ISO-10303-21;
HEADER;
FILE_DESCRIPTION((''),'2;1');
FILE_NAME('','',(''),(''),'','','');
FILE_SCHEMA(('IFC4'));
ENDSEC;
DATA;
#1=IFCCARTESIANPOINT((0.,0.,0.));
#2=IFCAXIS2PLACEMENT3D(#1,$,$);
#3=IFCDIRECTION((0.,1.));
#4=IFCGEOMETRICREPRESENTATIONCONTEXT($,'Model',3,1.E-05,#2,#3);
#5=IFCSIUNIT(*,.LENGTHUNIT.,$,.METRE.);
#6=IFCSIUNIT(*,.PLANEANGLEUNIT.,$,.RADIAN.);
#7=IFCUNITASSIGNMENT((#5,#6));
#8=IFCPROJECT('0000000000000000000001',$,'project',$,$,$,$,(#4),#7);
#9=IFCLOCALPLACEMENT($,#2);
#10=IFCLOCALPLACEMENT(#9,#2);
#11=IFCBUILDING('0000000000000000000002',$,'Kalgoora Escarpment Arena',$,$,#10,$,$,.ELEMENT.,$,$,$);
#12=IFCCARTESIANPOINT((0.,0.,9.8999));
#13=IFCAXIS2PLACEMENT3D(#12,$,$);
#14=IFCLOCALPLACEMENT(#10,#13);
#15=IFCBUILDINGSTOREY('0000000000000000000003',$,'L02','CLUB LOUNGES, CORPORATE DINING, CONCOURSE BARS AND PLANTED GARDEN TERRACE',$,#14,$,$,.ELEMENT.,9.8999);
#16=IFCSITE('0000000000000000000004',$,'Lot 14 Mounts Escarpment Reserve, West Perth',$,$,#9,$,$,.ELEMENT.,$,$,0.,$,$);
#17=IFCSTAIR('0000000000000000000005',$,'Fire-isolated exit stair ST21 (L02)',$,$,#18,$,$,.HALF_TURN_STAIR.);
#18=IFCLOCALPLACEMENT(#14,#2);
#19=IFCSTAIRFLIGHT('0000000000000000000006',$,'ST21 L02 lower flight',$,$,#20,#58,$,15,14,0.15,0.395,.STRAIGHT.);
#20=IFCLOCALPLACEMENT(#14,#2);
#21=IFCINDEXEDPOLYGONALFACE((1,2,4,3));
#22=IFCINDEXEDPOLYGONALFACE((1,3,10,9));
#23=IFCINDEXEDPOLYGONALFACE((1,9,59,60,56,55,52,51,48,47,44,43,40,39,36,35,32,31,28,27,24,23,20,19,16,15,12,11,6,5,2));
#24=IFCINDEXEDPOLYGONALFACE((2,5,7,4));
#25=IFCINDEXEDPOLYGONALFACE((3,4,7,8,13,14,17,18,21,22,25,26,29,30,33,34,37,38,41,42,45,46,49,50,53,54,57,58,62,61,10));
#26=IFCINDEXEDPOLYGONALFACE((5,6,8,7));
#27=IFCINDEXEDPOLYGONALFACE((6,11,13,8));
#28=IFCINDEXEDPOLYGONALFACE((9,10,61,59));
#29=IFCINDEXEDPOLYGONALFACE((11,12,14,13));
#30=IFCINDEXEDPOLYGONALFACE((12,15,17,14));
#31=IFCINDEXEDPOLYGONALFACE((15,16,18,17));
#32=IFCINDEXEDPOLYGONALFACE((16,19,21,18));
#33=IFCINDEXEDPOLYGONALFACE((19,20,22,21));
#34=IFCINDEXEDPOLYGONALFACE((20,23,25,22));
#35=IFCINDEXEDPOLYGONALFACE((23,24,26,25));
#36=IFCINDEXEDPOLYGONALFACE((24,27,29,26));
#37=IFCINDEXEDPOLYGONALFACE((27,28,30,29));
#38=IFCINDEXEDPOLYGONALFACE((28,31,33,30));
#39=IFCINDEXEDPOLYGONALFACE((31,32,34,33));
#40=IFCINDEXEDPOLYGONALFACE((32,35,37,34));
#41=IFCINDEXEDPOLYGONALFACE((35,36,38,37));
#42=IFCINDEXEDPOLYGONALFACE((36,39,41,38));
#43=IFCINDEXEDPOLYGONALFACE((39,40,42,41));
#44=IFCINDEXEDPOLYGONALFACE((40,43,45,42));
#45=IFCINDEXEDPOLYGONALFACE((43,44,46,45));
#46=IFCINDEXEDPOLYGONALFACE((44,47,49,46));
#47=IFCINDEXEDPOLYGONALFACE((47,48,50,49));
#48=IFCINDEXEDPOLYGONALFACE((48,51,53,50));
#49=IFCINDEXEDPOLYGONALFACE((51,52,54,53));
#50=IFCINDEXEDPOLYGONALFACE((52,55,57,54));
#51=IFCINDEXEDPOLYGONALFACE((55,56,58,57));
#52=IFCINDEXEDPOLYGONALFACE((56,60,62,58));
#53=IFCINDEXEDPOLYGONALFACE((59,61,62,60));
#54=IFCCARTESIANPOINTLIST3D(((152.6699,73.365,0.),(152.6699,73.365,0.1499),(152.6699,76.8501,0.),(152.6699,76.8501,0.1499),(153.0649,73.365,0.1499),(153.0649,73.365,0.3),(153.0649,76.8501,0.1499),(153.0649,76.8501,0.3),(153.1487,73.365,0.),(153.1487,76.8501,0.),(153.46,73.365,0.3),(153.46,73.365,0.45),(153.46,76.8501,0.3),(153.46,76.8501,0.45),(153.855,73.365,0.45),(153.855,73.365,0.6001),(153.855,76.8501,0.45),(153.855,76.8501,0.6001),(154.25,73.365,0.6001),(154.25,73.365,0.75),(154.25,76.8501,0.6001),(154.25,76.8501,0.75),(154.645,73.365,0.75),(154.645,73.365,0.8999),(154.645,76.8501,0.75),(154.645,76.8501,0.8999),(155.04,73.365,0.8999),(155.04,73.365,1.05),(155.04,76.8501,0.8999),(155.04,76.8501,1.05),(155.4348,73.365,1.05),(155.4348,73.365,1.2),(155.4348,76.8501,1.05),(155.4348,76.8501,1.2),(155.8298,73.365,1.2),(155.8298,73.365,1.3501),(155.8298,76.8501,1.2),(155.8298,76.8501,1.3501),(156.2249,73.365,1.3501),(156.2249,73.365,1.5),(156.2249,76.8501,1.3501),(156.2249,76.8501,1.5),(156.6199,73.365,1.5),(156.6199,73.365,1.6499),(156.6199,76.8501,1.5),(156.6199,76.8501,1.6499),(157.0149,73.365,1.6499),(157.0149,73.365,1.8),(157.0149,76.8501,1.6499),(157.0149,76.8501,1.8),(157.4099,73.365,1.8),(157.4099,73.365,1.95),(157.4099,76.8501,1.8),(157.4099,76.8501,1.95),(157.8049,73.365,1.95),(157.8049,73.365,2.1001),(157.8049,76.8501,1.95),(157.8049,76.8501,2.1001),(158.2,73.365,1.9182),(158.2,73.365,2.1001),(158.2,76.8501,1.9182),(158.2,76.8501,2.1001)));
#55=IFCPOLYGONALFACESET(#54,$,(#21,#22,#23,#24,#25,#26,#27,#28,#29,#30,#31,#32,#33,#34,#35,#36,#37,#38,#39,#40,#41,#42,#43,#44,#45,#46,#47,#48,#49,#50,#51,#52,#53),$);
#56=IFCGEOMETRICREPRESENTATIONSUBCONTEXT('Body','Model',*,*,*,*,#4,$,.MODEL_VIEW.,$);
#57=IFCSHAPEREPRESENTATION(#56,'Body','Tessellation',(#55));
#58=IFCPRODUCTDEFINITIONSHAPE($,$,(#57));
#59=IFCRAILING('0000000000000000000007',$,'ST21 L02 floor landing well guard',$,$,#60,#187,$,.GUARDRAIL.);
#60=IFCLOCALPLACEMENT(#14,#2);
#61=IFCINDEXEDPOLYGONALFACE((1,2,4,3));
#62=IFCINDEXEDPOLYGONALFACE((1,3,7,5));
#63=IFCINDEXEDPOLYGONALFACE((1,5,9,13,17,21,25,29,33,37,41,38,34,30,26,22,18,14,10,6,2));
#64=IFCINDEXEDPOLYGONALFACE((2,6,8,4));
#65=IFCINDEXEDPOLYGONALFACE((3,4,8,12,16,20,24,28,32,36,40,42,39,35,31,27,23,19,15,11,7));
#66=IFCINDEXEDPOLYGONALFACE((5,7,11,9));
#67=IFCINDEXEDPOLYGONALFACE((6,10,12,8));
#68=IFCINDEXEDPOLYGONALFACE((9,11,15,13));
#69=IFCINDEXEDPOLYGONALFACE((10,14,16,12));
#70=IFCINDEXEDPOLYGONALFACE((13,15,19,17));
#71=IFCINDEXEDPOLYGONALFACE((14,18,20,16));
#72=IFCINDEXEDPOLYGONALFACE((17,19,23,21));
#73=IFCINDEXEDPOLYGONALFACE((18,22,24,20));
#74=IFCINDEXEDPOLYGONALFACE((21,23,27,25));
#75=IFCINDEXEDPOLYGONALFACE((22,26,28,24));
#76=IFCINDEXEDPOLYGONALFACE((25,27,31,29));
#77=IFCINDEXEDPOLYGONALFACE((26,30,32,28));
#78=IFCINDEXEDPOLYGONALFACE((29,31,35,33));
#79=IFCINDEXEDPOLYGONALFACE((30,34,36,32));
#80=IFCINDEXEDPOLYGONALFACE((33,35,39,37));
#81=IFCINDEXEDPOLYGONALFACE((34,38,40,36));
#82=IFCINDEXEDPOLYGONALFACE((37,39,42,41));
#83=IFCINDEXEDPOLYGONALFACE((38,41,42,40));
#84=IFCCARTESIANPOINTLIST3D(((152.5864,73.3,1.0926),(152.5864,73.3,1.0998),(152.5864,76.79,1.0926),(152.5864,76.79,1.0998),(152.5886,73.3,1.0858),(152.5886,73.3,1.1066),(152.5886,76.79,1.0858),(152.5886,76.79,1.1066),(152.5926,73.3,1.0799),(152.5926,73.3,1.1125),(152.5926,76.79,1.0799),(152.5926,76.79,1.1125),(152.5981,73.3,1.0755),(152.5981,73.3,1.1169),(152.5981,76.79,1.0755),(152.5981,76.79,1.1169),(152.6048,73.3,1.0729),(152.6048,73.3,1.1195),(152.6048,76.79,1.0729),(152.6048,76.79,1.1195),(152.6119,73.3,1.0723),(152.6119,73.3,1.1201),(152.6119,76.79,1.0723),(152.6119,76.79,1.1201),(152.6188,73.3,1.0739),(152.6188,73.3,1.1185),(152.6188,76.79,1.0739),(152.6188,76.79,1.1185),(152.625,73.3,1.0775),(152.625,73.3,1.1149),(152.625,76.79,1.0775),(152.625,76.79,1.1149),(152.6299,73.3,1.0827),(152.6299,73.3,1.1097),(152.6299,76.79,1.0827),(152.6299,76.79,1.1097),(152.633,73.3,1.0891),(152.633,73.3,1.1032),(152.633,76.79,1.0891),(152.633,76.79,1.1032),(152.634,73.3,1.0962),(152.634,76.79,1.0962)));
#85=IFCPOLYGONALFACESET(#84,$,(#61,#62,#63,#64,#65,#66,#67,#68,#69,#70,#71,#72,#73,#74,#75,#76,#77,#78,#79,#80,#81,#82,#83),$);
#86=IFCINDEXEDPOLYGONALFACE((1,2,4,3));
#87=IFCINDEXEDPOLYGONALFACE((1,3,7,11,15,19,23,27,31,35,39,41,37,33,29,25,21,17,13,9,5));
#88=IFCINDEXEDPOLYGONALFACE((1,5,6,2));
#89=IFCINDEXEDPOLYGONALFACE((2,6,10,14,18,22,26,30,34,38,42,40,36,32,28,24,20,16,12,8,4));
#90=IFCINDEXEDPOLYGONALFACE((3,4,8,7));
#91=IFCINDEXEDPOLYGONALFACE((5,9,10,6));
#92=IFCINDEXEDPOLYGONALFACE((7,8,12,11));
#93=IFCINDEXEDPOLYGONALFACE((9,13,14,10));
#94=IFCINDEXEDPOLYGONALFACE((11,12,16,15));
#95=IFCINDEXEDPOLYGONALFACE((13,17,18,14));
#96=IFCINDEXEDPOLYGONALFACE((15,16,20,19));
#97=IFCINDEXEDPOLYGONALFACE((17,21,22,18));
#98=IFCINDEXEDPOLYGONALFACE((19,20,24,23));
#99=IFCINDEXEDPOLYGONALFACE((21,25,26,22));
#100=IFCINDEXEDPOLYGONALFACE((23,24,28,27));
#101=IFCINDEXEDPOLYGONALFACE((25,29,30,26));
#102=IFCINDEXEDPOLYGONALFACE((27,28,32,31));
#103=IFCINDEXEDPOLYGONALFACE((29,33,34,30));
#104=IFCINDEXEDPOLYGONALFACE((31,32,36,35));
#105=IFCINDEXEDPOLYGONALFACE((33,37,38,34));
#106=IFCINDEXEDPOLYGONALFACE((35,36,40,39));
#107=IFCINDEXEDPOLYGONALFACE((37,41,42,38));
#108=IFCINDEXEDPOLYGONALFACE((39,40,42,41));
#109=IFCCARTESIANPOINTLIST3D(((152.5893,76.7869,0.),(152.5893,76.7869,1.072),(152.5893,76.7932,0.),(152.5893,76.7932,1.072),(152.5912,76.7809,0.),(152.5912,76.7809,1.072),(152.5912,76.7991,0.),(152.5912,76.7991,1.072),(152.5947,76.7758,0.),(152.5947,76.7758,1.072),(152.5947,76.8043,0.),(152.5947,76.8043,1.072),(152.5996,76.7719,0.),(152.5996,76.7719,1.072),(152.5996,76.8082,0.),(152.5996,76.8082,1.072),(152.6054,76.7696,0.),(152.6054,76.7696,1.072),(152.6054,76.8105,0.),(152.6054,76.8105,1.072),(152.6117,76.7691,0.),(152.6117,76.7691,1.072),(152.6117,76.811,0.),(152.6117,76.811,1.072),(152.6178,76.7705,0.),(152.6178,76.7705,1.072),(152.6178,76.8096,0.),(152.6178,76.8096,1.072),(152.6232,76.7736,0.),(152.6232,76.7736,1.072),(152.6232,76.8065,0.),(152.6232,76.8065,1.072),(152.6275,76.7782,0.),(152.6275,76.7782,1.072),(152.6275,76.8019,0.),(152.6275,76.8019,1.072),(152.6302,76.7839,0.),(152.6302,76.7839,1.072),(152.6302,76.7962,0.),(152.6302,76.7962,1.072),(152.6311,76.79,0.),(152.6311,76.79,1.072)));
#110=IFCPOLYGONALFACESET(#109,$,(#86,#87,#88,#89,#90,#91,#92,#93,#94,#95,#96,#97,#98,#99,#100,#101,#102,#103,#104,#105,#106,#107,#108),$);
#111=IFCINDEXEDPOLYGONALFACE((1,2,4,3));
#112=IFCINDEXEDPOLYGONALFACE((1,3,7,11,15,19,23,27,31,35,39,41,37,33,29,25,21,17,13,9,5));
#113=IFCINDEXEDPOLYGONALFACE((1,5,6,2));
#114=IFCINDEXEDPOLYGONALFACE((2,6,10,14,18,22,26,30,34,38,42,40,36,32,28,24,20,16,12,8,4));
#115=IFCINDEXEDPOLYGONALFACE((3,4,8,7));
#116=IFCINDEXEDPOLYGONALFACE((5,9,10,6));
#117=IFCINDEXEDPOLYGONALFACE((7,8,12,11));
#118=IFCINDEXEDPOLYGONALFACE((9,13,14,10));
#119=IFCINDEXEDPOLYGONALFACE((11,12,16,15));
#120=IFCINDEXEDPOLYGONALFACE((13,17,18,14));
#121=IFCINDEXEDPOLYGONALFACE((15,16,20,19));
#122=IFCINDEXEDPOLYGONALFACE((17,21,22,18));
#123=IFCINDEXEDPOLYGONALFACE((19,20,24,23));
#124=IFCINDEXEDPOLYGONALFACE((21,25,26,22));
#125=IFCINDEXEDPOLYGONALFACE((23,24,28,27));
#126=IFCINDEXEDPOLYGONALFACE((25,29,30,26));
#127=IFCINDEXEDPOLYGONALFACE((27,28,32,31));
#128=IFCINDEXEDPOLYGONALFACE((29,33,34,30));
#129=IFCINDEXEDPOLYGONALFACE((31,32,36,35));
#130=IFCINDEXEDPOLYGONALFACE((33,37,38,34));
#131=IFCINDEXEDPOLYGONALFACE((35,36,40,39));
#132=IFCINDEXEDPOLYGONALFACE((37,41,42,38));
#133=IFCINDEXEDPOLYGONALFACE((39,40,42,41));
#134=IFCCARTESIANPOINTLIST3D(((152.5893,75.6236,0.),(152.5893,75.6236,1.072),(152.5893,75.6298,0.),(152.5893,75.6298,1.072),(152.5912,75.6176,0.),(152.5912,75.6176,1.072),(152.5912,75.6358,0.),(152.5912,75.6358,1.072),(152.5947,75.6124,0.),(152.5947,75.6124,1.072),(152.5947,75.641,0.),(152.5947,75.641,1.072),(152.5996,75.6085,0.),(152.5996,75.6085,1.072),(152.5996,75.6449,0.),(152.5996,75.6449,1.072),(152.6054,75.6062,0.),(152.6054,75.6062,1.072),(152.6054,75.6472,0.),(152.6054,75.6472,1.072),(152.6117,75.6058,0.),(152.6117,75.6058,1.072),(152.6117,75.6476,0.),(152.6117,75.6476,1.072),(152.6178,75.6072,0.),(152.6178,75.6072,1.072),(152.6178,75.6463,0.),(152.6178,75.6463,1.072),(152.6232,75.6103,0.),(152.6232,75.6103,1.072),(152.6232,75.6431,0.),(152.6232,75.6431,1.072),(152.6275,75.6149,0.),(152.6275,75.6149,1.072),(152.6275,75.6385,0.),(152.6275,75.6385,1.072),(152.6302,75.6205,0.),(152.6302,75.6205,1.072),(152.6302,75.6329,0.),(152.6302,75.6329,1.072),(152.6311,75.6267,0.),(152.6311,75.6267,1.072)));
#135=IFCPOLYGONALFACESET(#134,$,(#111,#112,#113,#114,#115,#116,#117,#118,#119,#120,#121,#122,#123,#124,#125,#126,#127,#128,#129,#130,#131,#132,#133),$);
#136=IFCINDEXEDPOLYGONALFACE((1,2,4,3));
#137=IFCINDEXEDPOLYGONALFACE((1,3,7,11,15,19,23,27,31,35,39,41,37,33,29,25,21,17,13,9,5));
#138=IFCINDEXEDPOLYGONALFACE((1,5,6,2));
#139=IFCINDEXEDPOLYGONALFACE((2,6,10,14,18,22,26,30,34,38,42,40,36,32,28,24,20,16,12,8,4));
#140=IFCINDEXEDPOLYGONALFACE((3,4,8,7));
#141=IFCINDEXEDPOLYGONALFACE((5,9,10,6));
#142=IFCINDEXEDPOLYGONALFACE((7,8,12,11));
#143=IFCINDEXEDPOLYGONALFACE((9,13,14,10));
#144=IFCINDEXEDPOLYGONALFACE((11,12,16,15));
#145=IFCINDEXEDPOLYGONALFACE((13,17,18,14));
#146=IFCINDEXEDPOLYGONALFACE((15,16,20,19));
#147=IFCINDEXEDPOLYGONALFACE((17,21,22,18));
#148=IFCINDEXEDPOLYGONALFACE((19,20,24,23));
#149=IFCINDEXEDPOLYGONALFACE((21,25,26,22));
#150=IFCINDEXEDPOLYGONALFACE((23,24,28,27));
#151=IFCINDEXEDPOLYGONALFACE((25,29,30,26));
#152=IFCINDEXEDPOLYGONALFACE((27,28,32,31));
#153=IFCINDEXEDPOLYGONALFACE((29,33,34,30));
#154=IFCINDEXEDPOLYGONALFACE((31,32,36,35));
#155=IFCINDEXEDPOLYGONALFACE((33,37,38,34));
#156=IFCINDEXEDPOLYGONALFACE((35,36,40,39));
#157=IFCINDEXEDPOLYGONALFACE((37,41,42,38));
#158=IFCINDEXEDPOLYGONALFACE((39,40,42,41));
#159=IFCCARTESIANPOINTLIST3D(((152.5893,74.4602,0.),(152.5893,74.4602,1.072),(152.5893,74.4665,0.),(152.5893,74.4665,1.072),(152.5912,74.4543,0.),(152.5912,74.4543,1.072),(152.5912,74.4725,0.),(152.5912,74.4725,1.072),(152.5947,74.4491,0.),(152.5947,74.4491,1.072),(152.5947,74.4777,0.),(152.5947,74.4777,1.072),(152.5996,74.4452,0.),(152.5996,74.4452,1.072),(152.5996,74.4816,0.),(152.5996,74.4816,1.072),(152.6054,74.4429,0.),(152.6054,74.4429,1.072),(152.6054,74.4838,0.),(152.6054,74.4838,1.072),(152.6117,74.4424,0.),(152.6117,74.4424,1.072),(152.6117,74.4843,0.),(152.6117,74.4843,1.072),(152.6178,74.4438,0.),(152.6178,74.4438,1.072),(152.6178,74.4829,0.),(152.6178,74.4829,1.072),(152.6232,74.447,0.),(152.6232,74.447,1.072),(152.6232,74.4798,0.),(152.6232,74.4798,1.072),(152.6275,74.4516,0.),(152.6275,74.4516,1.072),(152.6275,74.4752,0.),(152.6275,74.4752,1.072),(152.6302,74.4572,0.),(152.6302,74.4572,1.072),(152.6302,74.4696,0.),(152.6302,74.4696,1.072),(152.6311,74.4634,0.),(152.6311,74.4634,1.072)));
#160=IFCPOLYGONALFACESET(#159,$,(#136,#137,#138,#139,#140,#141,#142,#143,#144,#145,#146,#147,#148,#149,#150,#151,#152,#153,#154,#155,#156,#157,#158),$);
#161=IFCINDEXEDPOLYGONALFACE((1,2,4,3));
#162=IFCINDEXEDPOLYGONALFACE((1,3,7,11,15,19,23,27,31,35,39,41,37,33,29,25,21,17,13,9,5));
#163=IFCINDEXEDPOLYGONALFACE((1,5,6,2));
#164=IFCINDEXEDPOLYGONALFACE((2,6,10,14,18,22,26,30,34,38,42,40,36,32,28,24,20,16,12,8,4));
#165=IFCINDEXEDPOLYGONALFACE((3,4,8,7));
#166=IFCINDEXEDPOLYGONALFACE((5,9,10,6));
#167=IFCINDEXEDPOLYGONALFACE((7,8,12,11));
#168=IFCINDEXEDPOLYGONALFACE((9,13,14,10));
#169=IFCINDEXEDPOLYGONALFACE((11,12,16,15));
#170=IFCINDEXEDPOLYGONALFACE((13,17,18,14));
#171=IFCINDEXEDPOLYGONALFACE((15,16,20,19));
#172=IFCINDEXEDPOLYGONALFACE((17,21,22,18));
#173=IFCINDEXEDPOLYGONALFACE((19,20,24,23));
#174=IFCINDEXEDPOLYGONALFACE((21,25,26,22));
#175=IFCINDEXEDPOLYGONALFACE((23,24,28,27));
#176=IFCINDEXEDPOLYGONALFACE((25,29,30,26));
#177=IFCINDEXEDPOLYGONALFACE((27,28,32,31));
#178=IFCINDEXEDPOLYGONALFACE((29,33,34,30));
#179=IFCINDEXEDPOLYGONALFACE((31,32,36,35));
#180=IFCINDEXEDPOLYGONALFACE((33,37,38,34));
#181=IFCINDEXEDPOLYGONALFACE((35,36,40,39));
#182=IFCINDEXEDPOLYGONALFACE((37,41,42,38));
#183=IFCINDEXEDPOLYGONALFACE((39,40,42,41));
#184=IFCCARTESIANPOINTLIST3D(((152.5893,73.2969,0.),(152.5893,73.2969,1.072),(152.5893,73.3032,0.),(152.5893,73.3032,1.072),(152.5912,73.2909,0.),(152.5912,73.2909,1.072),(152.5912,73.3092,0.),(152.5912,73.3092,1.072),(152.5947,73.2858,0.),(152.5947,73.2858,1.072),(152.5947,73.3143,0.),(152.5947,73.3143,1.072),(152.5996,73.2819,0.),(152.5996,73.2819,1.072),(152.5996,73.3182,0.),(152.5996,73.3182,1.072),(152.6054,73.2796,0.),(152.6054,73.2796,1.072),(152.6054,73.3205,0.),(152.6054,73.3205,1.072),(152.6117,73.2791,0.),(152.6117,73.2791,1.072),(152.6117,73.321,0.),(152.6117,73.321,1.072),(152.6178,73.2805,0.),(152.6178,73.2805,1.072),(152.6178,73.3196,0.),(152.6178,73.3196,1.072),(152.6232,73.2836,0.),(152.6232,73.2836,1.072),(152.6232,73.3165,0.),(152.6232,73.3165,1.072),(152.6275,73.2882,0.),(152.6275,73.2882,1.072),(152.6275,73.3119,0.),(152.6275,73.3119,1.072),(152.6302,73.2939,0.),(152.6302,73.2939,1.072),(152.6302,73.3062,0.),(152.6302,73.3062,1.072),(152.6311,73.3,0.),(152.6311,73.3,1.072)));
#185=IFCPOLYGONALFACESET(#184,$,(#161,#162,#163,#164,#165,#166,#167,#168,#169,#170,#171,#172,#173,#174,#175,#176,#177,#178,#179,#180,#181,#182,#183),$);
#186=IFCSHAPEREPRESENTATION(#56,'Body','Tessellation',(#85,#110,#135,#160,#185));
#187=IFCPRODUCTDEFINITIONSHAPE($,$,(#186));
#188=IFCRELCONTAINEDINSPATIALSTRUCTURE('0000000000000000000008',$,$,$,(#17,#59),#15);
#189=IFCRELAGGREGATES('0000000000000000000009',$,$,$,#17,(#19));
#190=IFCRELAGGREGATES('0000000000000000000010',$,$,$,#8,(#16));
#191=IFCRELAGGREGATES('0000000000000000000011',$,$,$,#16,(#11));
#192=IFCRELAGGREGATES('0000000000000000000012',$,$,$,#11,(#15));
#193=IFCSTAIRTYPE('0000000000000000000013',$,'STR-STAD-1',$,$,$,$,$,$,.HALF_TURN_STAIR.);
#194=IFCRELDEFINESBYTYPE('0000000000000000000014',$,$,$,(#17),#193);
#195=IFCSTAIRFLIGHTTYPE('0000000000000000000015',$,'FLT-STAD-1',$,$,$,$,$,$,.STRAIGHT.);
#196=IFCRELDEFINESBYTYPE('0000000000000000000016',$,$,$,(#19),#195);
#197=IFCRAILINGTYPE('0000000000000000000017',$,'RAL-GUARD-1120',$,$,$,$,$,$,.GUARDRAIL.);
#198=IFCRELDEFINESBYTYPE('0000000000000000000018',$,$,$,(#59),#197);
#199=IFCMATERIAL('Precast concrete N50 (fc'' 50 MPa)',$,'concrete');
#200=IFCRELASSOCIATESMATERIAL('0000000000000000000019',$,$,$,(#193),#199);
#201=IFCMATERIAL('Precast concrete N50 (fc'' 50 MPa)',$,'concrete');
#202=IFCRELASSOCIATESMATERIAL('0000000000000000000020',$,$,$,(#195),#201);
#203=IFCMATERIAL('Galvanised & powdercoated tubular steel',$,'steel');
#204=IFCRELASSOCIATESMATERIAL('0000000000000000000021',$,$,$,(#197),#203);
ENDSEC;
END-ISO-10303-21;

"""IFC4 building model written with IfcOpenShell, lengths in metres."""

from ifc_helpers import new_model, si_unit, direction, frame, origin, origin_2d, place, context, subcontext, project, spatial, polyline, circle, outline, extrude, material, type_object, element, aggregate, save


model = new_model("IFC4")

# Units and contexts
model_context = context("Model", 3, precision=1e-05, world=origin(), true_north=direction((0.0, 1.0)))
body_context = subcontext(model_context, "Body", "Model", "MODEL_VIEW")
ifc_project = project(units=[si_unit("LENGTHUNIT", "METRE"), si_unit("PLANEANGLEUNIT", "RADIAN")], contexts=[model_context])

# Site, building, storey
site_placement = place(None, origin())
site = spatial("IfcSite", under=ifc_project, at=site_placement, Name="Lot 14 Mounts Escarpment Reserve, West Perth", CompositionType="ELEMENT", RefElevation=0.0)
building_placement = place(site_placement, origin())
building = spatial("IfcBuilding", under=site, at=building_placement, Name="Kalgoora Escarpment Arena", CompositionType="ELEMENT")
storey_placement = place(building_placement, frame((0.0, 0.0, 9.8999)))
storey = spatial("IfcBuildingStorey", under=building, at=storey_placement, Name="L02", Description="CLUB LOUNGES, CORPORATE DINING, CONCOURSE BARS AND PLANTED GARDEN TERRACE", CompositionType="ELEMENT", Elevation=9.8999)

# Stair, stair flight
ifc_material_1 = material(Name="Precast concrete N50 (fc' 50 MPa)", Category="concrete")
stair_type = type_object("IfcStairType", Name="STR-STAD-1", PredefinedType="HALF_TURN_STAIR", material=ifc_material_1)
stair_placement = place(storey_placement, origin())
stair = element("IfcStair", 1, at=stair_placement, inside=storey, type_object=stair_type, Name="Fire-isolated exit stair ST21 (L02)", PredefinedType="HALF_TURN_STAIR")
ifc_material_2 = material(Name="Precast concrete N50 (fc' 50 MPa)", Category="concrete")
stair_flight_type = type_object("IfcStairFlightType", Name="FLT-STAD-1", PredefinedType="STRAIGHT", material=ifc_material_2)
stair_flight_placement = place(storey_placement, frame((152.6699, 75.1074, 0.0), z_axis=(0.0, 0.0, 1.0), x_axis=(1.0, 0.0, 0.0)))
stair_flight = element("IfcStairFlight", 2, at=stair_flight_placement, type_object=stair_flight_type, Name="ST21 L02 lower flight", NumberOfRisers=15, NumberOfTreads=14, PredefinedType="STRAIGHT", RiserHeight=0.15, TreadLength=0.395, context=body_context, shape_type="SweptSolid", body=[
    extrude(outline(polyline([(0.0, 0.0), (0.0, 0.1499), (0.395, 0.1499), (0.395, 0.3), (0.79, 0.3), (0.79, 0.45), (1.1851, 0.45), (1.1851, 0.6001), (1.5801, 0.6001), (1.5801, 0.75), (1.9751, 0.75), (1.9751, 0.8999), (2.3701, 0.8999), (2.3701, 1.05), (2.7649, 1.05), (2.7649, 1.2), (3.1599, 1.2), (3.1599, 1.3501), (3.5549, 1.3501), (3.5549, 1.5), (3.95, 1.5), (3.95, 1.6499), (4.345, 1.6499), (4.345, 1.8), (4.74, 1.8), (4.74, 1.95), (5.135, 1.95), (5.135, 2.1001), (5.53, 2.1001), (5.53, 2.25), (5.53, 1.9182), (0.4788, 0.0), (0.0, 0.0)])), frame((0.0, 1.7427, 0.0), z_axis=(0.0, -1.0, 0.0), x_axis=(1.0, 0.0, 0.0)), (0.0, 0.0, 1.0), 3.4851),
])
aggregate(stair, [stair_flight])

# Railing
ifc_material_3 = material(Name="Galvanised & powdercoated tubular steel", Category="steel")
railing_type_1 = type_object("IfcRailingType", Name="RAL-GUARD-1120", PredefinedType="GUARDRAIL", material=ifc_material_3)
railing_placement = place(storey_placement, frame((152.6101, 76.79, 0.0)))
element("IfcRailing", 3, at=railing_placement, inside=storey, type_object=railing_type_1, Name="ST21 L02 floor landing well guard", PredefinedType="GUARDRAIL", context=body_context, shape_type="SweptSolid", body=[
    extrude(circle(Radius=0.0239, at=origin_2d()), frame((0.0, 0.0, 1.0962), z_axis=(0.0, -1.0, 0.0), x_axis=(1.0, 0.0, 0.0)), (0.0, 0.0, 1.0), 3.49),
    extrude(circle(Radius=0.021, at=origin_2d()), origin(), (0.0, 0.0, 1.0), 1.072),
    extrude(circle(Radius=0.021, at=origin_2d()), frame((0.0, -1.1633, 0.0)), (0.0, 0.0, 1.0), 1.072),
    extrude(circle(Radius=0.021, at=origin_2d()), frame((0.0, -2.3267, 0.0)), (0.0, 0.0, 1.0), 1.072),
    extrude(circle(Radius=0.021, at=origin_2d()), frame((0.0, -3.49, 0.0)), (0.0, 0.0, 1.0), 1.072),
])

save(model, "model.ifc")
